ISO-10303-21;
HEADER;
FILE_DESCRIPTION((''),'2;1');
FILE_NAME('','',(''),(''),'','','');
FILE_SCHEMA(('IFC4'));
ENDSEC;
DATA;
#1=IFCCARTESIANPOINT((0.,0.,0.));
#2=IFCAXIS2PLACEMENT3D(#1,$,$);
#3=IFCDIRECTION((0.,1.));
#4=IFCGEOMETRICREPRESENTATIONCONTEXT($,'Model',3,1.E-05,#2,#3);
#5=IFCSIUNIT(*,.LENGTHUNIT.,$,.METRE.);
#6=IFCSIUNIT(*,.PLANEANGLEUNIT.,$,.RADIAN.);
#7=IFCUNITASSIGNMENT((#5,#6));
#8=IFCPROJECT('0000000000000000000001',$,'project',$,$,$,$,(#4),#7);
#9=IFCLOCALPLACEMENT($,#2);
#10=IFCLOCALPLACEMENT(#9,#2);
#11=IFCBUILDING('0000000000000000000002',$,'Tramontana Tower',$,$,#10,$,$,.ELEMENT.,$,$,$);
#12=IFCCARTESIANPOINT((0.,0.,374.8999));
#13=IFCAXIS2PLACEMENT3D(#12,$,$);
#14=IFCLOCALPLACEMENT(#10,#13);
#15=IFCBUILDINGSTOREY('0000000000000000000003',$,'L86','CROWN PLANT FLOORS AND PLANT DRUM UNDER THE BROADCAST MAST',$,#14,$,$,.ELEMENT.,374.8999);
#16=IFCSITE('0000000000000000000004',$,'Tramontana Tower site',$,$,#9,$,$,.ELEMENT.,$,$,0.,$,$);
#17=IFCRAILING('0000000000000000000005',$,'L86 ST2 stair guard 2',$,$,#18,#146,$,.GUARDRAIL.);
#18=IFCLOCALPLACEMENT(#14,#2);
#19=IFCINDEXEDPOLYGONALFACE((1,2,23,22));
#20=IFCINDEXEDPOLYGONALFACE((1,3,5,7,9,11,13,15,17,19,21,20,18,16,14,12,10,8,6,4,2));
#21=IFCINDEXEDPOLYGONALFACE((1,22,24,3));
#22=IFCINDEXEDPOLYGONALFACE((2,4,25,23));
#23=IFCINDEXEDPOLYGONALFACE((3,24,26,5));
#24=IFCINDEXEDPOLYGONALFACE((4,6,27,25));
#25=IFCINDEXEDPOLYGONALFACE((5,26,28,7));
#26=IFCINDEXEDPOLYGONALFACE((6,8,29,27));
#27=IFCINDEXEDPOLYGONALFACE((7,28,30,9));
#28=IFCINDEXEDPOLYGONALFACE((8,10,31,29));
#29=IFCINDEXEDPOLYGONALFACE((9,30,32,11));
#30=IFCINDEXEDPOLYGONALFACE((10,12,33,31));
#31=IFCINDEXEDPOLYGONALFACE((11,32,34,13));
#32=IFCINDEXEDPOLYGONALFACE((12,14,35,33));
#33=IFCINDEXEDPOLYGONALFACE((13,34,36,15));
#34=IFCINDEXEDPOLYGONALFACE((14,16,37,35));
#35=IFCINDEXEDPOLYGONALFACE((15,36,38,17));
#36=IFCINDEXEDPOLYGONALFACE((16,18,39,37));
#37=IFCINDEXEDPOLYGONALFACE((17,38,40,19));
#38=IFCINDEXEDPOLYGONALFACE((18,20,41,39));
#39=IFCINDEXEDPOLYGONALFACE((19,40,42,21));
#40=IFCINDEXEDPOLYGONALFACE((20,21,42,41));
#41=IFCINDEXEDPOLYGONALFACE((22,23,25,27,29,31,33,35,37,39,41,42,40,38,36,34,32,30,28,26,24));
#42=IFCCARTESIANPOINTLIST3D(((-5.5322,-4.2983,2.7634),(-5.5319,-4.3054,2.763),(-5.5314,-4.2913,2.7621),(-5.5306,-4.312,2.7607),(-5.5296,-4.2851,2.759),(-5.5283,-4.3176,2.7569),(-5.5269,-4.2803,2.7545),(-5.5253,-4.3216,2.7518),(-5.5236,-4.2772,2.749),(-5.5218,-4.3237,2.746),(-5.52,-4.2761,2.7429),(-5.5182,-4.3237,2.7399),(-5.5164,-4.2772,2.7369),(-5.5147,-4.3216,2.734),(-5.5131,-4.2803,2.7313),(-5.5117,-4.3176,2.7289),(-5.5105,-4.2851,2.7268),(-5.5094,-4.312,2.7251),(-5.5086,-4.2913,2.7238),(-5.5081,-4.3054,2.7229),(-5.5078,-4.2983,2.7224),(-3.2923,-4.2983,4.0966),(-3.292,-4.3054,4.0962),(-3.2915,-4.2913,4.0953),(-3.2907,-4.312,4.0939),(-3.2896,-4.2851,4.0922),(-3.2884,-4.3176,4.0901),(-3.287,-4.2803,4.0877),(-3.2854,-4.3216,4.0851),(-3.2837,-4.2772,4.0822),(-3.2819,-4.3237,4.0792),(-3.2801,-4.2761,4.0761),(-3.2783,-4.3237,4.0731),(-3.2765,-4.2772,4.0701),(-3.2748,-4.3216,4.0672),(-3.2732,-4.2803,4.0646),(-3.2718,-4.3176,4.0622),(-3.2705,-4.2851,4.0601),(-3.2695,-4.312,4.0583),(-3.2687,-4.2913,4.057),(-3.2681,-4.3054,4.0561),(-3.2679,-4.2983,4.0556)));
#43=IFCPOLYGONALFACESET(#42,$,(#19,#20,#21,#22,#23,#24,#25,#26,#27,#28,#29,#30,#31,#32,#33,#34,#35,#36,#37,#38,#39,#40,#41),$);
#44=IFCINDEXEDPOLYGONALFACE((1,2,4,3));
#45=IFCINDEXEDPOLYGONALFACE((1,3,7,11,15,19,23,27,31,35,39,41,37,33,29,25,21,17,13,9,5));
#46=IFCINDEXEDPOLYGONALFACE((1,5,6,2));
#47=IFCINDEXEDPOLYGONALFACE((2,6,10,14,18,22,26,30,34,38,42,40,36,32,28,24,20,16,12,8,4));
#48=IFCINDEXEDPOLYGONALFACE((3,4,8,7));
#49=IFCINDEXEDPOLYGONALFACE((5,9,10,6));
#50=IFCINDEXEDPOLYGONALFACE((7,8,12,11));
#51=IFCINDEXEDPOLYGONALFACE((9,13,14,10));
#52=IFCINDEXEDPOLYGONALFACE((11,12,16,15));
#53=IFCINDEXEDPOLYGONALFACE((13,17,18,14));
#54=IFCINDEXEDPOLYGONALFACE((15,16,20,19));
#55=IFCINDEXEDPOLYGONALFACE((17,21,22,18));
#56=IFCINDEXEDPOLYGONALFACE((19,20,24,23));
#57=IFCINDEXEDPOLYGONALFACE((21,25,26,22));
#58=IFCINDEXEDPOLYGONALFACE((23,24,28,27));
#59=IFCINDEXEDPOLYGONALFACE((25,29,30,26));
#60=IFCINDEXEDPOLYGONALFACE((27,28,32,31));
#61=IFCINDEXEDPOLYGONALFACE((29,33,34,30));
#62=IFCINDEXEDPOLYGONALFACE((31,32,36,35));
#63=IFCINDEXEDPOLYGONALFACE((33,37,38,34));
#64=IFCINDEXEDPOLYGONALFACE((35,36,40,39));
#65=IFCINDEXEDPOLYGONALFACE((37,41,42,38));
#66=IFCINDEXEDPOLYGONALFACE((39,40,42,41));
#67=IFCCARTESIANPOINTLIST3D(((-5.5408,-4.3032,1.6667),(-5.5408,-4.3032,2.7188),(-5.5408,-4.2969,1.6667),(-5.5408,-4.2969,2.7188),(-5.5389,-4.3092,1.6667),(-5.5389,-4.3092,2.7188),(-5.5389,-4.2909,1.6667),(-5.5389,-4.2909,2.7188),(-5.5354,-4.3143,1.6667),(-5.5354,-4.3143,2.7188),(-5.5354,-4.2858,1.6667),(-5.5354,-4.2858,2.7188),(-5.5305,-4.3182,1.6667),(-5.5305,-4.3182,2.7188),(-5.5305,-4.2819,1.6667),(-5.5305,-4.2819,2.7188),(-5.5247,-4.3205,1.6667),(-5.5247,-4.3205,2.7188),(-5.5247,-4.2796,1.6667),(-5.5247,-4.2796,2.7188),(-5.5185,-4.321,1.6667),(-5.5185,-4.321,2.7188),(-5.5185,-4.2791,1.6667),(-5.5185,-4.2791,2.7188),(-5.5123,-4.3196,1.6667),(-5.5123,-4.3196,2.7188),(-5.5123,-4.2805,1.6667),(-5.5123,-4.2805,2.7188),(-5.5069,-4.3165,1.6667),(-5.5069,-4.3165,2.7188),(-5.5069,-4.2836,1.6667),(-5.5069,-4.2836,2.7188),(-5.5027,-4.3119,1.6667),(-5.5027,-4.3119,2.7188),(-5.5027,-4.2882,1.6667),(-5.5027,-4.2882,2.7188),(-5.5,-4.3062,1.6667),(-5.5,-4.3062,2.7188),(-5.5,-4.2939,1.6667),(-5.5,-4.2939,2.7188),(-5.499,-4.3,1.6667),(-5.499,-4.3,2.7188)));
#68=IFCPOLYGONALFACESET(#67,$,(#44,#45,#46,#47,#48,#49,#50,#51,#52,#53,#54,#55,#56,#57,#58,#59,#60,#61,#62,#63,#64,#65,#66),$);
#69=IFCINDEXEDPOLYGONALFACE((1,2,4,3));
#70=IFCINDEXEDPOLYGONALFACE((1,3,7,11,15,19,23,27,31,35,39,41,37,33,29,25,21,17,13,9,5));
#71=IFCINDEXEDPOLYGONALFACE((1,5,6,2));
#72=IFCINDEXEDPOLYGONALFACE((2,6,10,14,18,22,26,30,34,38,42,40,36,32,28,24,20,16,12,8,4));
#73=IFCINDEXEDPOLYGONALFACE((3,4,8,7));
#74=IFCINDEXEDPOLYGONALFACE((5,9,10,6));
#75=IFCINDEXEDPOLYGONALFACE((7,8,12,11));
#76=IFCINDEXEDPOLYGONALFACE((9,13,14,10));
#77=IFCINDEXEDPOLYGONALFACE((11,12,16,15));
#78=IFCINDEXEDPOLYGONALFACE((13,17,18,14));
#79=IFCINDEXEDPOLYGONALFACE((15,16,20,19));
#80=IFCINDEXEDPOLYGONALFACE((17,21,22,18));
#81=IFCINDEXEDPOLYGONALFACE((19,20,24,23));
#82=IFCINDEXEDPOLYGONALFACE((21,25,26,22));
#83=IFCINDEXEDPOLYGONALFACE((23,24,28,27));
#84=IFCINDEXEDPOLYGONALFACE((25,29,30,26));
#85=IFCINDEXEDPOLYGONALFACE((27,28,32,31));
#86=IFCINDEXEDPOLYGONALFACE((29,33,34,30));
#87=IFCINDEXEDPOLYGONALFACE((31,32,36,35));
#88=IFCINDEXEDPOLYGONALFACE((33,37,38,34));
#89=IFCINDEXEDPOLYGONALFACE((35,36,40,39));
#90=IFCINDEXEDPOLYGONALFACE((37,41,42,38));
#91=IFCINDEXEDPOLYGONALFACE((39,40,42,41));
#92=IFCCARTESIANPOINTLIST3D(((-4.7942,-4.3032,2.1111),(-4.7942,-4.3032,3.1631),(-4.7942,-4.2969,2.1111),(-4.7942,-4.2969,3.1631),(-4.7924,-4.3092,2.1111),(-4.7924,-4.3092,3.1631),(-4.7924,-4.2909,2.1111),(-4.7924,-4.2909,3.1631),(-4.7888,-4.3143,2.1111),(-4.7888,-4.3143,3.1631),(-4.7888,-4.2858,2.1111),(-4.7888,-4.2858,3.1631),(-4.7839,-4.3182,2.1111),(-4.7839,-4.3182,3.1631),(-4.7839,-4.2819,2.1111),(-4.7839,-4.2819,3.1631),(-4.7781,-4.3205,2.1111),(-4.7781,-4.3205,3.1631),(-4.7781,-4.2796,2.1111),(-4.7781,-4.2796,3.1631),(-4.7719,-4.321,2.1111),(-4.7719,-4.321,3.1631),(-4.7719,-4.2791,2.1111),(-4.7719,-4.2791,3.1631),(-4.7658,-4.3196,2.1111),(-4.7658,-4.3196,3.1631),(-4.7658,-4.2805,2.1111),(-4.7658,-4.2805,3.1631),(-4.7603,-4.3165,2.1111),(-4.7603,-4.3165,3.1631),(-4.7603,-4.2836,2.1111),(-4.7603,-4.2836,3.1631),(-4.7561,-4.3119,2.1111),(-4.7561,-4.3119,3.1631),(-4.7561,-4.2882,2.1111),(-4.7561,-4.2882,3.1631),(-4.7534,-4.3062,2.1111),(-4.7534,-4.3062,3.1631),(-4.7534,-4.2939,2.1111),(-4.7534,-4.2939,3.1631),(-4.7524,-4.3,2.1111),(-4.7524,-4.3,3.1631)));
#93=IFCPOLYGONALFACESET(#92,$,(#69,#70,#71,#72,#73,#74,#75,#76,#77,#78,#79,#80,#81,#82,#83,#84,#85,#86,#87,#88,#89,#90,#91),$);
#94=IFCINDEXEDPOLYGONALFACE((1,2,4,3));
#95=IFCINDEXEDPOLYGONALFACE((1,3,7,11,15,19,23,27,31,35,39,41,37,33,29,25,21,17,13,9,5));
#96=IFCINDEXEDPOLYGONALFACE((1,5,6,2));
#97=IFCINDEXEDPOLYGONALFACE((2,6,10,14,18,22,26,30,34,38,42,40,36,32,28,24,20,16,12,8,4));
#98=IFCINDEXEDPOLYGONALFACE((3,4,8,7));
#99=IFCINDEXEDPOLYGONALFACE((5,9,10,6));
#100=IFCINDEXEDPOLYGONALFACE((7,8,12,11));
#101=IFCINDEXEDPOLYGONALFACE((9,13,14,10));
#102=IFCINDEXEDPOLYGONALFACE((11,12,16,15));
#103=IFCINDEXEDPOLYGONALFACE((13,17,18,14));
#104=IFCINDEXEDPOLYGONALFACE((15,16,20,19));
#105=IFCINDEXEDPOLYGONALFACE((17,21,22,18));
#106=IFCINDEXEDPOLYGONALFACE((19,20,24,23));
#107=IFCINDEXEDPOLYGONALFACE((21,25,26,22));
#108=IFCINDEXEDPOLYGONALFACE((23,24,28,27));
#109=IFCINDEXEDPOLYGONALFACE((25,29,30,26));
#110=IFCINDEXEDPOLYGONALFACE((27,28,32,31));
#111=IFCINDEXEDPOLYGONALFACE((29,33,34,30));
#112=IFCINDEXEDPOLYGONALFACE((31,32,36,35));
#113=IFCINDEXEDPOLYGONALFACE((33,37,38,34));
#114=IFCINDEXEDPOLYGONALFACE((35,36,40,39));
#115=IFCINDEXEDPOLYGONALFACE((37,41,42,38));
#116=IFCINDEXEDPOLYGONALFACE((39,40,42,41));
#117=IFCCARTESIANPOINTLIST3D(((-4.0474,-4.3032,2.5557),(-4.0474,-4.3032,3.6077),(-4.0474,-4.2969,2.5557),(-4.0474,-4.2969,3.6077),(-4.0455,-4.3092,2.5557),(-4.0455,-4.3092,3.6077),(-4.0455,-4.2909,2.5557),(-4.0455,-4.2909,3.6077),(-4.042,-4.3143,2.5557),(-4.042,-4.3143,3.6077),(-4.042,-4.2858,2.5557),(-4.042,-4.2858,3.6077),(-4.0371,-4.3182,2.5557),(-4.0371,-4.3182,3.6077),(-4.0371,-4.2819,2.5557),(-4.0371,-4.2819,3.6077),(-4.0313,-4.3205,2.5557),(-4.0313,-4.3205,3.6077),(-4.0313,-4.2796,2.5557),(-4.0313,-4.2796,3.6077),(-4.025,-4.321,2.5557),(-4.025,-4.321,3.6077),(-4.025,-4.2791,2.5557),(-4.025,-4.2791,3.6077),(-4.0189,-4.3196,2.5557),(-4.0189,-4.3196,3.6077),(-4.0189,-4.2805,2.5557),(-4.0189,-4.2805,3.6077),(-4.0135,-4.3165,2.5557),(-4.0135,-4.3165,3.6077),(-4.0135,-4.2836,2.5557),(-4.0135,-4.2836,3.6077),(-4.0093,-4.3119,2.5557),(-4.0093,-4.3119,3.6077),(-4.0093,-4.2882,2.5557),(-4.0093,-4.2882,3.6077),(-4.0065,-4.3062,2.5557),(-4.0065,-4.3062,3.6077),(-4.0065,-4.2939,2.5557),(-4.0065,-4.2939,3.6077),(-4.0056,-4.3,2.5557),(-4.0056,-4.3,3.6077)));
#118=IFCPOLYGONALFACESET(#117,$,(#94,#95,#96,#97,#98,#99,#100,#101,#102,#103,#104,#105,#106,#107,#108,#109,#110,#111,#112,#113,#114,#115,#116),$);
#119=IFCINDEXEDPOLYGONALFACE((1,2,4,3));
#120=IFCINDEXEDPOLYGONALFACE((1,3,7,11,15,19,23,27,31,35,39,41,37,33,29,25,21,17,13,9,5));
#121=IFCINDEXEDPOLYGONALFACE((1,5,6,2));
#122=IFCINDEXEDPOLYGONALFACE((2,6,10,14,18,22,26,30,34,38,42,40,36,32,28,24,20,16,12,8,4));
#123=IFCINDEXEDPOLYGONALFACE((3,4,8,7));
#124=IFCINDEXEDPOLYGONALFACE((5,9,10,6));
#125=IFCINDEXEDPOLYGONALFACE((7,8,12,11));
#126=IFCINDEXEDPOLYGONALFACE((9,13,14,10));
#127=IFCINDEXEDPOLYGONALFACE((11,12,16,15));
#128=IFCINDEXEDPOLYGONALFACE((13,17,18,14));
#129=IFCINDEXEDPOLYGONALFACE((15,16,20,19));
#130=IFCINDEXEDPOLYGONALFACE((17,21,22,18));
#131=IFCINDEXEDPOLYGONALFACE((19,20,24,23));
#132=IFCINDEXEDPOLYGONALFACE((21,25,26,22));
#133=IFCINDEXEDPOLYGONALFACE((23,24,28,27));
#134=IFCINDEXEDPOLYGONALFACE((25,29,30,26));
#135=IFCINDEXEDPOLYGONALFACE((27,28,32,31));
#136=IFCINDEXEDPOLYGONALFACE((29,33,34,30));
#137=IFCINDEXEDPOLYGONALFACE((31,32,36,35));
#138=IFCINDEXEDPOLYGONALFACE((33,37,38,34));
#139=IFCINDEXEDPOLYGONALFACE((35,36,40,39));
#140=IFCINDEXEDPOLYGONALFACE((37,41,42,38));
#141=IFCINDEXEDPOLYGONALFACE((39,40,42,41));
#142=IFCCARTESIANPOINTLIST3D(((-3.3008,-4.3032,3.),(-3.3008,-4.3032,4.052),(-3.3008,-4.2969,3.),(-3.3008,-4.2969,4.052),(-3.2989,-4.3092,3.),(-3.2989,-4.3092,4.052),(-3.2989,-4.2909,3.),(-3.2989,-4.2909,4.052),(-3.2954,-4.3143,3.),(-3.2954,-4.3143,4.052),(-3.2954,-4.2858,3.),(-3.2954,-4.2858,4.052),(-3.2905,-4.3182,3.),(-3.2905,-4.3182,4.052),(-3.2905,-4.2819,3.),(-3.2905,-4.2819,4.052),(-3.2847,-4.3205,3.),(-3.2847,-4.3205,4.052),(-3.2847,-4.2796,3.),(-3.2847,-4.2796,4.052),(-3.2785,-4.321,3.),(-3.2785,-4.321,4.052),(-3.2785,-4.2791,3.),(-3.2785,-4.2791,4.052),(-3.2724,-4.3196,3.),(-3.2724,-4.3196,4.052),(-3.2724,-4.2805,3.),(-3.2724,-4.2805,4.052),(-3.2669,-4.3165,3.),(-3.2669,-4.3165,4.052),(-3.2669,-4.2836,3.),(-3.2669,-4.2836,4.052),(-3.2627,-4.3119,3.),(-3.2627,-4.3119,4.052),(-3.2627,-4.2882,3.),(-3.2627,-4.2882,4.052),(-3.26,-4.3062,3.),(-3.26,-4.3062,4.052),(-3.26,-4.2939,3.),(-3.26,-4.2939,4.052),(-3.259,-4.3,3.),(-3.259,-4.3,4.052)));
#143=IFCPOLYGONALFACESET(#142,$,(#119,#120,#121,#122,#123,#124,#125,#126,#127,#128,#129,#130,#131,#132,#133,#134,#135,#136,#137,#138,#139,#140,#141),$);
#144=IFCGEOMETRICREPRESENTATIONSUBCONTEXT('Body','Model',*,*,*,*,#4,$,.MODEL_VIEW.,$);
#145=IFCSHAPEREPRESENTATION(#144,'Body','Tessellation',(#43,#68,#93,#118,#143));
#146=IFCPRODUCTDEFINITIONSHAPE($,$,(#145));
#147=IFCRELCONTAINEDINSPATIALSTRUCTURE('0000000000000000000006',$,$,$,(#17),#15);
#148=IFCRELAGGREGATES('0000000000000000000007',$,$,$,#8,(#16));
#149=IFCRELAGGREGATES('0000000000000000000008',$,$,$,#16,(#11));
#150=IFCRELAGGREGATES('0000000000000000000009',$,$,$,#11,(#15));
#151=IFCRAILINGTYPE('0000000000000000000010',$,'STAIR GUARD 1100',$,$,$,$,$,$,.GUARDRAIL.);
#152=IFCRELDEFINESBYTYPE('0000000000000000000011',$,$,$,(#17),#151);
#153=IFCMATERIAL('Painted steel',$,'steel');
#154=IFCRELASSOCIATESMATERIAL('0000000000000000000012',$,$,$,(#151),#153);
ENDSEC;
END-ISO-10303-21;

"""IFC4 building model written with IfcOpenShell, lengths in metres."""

from ifc_helpers import new_model, si_unit, direction, frame, origin, origin_2d, place, context, subcontext, project, spatial, circle, extrude, material, type_object, element, save


model = new_model("IFC4")

# Units and contexts
model_context = context("Model", 3, precision=1e-05, world=origin(), true_north=direction((0.0, 1.0)))
body_context = subcontext(model_context, "Body", "Model", "MODEL_VIEW")
ifc_project = project(units=[si_unit("LENGTHUNIT", "METRE"), si_unit("PLANEANGLEUNIT", "RADIAN")], contexts=[model_context])

# Site, building, storey
site_placement = place(None, origin())
site = spatial("IfcSite", under=ifc_project, at=site_placement, Name="Tramontana Tower site", CompositionType="ELEMENT", RefElevation=0.0)
building_placement = place(site_placement, origin())
building = spatial("IfcBuilding", under=site, at=building_placement, Name="Tramontana Tower", CompositionType="ELEMENT")
storey_placement = place(building_placement, frame((0.0, 0.0, 374.8999)))
storey = spatial("IfcBuildingStorey", under=building, at=storey_placement, Name="L86", Description="CROWN PLANT FLOORS AND PLANT DRUM UNDER THE BROADCAST MAST", CompositionType="ELEMENT", Elevation=374.8999)

# Railing
ifc_material_1 = material(Name="Painted steel", Category="steel")
railing_type_1 = type_object("IfcRailingType", Name="STAIR GUARD 1100", PredefinedType="GUARDRAIL", material=ifc_material_1)
for number, where, name in (
    (1, (-5.52, -4.3, 1.6667), "L86 ST2 stair guard 2"),
):
    element("IfcRailing", number, at=place(storey_placement, frame(where)), inside=storey, type_object=railing_type_1, Name=name, PredefinedType="GUARDRAIL", context=body_context, shape_type="SweptSolid", body=[
        extrude(circle(Radius=0.0239, at=origin_2d()), frame((0.0, 0.0, 1.0762), z_axis=(0.859306, 0.0, 0.511462), x_axis=(0.0, 1.0, 0.0)), (0.0, 0.0, 1.0), 2.6067),
        extrude(circle(Radius=0.021, at=origin_2d()), origin(), (0.0, 0.0, 1.0), 1.052),
        extrude(circle(Radius=0.021, at=origin_2d()), frame((0.7466, 0.0, 0.4443)), (0.0, 0.0, 1.0), 1.052),
        extrude(circle(Radius=0.021, at=origin_2d()), frame((1.4934, 0.0, 0.8889)), (0.0, 0.0, 1.0), 1.052),
        extrude(circle(Radius=0.021, at=origin_2d()), frame((2.24, 0.0, 1.3333)), (0.0, 0.0, 1.0), 1.052),
    ])

save(model, "model.ifc")
